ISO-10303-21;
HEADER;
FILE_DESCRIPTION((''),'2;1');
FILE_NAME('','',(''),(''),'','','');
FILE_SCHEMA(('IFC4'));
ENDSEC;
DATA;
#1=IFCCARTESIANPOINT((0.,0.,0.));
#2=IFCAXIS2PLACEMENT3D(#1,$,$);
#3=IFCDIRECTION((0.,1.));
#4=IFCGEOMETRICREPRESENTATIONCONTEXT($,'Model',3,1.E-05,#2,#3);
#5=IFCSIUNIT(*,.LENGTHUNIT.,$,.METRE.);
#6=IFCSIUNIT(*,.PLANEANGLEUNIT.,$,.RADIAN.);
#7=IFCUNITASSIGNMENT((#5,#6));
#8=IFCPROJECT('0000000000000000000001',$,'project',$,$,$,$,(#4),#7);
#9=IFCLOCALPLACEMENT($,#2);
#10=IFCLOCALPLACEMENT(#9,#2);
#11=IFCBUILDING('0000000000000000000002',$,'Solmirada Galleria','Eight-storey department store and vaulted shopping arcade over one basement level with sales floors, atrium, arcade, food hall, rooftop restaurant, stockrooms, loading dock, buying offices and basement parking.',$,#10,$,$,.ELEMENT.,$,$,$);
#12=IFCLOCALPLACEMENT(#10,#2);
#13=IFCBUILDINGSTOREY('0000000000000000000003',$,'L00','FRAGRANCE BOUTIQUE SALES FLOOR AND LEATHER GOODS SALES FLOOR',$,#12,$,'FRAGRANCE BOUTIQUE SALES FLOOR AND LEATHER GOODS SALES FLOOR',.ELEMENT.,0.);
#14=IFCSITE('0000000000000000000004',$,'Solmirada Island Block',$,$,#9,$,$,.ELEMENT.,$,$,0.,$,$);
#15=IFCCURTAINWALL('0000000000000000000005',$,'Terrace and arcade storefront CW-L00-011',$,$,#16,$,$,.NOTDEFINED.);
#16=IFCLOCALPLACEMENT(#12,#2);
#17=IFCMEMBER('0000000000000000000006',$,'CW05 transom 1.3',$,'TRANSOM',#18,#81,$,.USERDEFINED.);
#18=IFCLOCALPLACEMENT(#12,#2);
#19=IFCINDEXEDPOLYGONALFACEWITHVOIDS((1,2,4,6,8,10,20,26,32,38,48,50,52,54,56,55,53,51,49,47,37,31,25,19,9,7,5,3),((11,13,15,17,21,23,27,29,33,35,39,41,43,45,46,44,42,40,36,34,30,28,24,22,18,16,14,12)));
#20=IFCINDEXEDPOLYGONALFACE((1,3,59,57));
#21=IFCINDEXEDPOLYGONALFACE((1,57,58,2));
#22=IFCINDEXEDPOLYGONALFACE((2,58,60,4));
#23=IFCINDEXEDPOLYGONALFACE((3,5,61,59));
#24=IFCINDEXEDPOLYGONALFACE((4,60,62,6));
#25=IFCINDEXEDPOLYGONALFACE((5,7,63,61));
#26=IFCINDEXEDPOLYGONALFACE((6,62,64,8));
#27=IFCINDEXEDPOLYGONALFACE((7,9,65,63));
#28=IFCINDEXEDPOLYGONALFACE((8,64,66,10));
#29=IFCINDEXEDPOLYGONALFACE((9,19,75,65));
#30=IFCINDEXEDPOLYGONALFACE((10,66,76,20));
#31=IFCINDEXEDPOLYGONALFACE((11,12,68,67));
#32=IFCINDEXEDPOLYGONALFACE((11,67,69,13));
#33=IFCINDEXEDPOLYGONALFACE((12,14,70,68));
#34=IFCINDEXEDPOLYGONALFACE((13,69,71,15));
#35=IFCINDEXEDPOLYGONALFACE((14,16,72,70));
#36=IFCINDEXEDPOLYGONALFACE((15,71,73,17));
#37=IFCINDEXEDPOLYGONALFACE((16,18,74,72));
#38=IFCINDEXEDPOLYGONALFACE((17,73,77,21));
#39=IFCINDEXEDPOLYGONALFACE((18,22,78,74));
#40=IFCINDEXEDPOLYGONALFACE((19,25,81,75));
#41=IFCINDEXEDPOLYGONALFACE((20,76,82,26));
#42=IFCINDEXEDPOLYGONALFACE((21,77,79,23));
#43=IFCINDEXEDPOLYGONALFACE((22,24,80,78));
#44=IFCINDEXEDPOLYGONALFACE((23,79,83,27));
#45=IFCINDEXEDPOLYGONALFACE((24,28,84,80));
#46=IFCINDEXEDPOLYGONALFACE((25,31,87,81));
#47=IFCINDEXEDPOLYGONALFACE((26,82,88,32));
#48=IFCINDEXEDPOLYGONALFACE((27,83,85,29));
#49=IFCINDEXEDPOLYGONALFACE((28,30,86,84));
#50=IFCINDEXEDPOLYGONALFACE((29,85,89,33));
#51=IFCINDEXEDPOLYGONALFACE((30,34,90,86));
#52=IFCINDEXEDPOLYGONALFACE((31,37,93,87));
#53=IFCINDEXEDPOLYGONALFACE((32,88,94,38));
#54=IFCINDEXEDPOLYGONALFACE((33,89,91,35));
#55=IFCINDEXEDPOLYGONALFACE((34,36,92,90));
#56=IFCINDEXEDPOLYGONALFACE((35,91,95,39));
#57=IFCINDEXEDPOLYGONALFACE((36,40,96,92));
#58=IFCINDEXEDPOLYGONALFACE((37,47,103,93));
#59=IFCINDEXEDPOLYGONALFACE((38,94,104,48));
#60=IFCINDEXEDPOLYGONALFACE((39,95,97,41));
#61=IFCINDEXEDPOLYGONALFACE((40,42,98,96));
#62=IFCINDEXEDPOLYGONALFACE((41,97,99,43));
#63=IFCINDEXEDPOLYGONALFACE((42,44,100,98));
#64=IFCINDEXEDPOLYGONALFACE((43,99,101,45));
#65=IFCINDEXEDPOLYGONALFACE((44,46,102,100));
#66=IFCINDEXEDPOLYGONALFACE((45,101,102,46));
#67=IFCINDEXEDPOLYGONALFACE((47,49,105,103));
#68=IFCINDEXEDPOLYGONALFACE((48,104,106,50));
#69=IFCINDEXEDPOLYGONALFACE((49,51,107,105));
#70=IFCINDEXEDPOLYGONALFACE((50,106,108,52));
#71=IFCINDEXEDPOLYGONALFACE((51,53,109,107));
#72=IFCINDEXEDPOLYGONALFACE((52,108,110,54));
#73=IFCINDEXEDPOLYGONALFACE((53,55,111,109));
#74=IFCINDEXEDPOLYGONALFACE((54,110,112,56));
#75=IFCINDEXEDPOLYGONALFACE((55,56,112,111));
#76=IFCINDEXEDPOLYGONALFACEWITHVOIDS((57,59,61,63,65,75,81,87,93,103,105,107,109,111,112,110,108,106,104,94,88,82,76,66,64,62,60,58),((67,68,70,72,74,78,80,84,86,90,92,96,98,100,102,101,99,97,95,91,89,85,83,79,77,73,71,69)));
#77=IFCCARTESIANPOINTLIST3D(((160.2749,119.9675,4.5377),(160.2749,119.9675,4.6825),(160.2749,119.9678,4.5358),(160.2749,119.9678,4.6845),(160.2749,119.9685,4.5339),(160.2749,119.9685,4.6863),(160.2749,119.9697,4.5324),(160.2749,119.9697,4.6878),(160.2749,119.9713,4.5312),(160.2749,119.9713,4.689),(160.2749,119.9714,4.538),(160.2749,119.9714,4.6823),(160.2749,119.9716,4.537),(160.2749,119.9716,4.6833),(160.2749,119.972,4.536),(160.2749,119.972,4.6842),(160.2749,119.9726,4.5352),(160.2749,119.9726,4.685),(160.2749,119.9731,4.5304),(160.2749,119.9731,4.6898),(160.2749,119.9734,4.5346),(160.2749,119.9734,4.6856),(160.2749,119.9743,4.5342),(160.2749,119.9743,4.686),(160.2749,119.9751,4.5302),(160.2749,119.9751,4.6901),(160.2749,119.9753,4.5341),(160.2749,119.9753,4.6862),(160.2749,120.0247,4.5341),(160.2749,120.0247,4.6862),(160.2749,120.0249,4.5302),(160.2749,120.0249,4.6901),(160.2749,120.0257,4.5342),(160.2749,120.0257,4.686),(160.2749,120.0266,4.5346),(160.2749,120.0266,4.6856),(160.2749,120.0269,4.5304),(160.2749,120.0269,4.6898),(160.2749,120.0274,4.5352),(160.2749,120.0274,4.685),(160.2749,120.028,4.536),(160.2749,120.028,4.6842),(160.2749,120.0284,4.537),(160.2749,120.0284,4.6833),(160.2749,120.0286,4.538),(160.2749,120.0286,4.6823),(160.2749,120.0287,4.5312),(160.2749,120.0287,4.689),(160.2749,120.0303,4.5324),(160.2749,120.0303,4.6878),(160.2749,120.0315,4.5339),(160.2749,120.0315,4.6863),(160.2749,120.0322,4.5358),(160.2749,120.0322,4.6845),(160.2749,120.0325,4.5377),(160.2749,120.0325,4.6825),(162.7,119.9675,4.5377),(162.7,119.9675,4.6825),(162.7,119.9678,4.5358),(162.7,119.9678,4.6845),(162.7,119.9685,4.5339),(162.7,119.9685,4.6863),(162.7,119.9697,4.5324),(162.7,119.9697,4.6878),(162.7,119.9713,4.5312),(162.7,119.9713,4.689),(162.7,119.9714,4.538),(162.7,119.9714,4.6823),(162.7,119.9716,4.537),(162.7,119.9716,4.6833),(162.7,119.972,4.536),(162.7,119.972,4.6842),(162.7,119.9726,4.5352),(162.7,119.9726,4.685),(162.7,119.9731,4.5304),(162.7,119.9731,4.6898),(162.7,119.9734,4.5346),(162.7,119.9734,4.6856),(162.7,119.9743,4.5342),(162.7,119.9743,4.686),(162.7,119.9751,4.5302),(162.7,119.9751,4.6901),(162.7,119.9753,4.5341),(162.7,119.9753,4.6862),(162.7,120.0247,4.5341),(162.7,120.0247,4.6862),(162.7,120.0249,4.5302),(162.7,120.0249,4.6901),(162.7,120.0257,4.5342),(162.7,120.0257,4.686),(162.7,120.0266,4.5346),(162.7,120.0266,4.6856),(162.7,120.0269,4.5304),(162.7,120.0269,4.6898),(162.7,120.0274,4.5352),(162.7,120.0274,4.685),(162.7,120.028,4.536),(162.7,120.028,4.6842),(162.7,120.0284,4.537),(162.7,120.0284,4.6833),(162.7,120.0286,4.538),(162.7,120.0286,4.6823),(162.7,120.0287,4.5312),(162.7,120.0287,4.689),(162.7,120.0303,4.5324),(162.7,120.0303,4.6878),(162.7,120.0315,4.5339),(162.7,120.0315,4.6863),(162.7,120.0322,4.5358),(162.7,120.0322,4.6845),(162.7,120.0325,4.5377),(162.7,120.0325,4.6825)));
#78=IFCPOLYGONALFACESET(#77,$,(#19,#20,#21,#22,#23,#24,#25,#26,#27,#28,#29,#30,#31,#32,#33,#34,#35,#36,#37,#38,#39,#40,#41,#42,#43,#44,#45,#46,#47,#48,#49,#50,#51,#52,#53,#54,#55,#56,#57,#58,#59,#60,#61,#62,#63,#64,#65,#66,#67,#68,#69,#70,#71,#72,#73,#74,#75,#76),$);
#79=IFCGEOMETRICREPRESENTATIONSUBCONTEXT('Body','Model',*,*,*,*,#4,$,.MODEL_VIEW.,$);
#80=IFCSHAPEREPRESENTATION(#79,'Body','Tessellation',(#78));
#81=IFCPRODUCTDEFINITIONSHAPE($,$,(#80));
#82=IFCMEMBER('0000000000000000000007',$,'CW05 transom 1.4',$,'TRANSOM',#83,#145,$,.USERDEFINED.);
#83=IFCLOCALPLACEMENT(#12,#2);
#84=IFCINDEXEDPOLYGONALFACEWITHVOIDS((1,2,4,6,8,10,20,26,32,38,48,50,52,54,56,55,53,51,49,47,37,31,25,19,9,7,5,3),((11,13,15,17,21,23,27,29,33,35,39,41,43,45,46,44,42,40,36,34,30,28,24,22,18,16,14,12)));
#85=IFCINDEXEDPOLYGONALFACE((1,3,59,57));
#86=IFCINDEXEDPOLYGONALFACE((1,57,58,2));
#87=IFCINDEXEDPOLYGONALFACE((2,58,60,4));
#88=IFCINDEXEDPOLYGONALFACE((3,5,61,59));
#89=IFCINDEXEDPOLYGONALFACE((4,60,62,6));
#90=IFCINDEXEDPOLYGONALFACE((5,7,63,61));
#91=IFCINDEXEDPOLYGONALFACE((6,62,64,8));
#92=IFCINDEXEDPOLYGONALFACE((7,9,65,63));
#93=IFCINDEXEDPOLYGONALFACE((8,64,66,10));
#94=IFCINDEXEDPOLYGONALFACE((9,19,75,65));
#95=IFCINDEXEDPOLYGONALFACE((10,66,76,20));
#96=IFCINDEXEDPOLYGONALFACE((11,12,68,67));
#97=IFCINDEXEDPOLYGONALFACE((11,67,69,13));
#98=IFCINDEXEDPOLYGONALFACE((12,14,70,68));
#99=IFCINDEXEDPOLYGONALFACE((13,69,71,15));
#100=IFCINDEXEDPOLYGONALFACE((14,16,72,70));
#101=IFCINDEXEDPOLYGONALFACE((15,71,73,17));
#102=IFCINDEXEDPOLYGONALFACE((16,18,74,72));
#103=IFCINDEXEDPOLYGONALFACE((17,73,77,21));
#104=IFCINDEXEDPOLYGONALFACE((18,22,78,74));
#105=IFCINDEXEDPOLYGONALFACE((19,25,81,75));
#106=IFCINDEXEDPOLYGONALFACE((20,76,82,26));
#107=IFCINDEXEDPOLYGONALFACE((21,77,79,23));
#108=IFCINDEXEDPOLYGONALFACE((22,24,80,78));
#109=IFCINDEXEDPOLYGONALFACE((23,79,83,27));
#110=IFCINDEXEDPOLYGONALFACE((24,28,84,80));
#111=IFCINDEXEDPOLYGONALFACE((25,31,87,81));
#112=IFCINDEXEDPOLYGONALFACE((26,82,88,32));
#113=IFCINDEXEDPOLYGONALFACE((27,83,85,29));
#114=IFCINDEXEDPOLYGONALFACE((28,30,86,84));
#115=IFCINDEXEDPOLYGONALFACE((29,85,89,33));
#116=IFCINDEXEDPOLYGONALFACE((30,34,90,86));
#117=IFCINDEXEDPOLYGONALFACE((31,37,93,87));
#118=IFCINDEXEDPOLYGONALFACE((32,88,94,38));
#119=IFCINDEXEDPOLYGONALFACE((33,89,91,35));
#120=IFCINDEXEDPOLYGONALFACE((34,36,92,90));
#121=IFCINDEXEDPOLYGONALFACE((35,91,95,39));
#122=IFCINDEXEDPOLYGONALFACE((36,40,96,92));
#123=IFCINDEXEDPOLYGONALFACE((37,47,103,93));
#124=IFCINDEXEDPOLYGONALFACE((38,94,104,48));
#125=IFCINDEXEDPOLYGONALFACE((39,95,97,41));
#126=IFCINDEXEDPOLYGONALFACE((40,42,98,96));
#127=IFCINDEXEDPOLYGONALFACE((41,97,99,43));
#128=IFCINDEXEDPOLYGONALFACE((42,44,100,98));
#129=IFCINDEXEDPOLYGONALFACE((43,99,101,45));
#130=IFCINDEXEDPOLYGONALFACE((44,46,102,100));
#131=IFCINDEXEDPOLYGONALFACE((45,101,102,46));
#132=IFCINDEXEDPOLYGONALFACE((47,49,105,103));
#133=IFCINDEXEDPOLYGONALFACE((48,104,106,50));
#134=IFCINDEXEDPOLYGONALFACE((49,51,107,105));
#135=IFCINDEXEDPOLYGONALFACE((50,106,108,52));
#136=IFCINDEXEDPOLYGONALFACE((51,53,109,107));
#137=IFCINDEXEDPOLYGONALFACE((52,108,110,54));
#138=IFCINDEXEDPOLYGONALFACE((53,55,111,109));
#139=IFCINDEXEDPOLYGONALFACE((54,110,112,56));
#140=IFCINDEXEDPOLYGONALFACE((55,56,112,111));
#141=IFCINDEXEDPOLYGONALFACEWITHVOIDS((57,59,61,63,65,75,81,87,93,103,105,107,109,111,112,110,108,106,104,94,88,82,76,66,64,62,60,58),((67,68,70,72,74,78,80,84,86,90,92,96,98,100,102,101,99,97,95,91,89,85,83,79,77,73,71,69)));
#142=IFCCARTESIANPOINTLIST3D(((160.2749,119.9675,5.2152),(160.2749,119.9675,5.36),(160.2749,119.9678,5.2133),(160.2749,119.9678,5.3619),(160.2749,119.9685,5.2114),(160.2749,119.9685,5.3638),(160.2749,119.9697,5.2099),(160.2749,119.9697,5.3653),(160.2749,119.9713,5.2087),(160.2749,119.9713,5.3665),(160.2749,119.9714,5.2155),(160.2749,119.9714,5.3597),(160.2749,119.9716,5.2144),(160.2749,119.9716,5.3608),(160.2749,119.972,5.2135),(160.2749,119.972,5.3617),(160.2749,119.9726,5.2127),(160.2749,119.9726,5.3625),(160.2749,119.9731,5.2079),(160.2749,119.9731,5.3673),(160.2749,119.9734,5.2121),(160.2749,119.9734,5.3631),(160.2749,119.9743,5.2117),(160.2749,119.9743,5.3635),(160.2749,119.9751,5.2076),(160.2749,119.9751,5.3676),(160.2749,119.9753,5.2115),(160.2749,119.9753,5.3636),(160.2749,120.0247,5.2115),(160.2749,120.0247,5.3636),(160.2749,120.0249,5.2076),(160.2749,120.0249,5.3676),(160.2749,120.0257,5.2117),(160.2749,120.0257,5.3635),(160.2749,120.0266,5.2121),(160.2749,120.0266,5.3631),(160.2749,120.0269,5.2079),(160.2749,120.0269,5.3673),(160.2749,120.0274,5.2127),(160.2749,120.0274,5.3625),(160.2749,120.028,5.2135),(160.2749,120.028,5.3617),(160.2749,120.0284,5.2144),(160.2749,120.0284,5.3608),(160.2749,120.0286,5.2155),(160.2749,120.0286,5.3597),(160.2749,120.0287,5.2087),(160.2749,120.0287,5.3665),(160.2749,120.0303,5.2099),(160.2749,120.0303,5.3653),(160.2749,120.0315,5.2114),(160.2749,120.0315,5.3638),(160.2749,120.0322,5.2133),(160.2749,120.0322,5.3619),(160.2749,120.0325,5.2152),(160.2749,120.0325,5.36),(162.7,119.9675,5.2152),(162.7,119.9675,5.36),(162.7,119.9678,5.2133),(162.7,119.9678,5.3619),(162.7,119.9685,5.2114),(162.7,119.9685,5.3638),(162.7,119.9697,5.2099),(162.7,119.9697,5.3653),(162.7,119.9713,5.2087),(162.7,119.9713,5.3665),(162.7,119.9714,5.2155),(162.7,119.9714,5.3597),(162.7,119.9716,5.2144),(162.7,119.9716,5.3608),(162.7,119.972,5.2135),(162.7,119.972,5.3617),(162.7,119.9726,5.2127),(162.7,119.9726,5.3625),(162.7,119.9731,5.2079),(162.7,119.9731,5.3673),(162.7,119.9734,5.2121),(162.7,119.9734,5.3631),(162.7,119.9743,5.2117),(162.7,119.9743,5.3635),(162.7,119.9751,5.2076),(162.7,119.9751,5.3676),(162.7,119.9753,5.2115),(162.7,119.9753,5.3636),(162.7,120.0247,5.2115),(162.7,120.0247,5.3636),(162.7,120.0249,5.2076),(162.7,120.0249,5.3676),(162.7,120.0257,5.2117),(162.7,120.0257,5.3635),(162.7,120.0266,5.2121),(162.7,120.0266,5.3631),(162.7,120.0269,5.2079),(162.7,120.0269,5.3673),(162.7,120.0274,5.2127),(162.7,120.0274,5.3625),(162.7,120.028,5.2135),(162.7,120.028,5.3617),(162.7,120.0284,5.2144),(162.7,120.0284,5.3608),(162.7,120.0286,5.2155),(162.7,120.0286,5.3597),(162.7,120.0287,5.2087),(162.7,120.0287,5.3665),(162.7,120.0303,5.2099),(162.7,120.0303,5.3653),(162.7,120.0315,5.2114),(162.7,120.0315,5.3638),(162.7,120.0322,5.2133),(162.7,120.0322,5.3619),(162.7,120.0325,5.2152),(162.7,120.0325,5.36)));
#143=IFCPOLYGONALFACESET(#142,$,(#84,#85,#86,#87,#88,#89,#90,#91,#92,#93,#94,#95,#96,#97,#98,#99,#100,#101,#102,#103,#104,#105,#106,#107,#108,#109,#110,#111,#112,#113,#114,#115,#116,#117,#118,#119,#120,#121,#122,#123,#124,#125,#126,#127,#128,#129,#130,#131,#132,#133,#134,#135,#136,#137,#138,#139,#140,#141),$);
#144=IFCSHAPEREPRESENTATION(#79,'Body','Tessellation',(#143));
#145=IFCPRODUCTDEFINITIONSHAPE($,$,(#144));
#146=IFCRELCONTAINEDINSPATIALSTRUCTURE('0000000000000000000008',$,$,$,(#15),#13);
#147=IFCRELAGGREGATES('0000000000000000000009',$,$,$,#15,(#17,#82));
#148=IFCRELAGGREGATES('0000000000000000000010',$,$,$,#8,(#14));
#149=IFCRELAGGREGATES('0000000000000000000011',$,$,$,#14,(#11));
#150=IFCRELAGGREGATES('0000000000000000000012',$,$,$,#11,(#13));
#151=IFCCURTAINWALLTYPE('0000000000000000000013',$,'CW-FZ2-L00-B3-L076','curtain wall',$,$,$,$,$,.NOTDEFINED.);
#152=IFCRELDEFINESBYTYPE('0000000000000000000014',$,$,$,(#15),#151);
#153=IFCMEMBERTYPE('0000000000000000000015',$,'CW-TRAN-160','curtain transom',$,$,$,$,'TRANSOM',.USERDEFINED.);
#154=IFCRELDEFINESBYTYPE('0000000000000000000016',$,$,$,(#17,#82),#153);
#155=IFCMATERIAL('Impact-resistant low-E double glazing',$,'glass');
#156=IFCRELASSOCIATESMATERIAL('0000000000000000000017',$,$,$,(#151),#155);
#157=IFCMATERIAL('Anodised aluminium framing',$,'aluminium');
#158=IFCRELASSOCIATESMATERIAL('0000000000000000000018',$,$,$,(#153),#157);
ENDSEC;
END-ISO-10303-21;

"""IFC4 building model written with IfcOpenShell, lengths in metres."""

from ifc_helpers import new_model, si_unit, direction, frame, origin, origin_2d, place, context, subcontext, project, spatial, hollow_rectangle, extrude, material, material_profile, profile_set, type_object, element, aggregate, save


model = new_model("IFC4")

# Units and contexts
model_context = context("Model", 3, precision=1e-05, world=origin(), true_north=direction((0.0, 1.0)))
body_context = subcontext(model_context, "Body", "Model", "MODEL_VIEW")
ifc_project = project(units=[si_unit("LENGTHUNIT", "METRE"), si_unit("PLANEANGLEUNIT", "RADIAN")], contexts=[model_context])

# Site, building, storey
site_placement = place(None, origin())
site = spatial("IfcSite", under=ifc_project, at=site_placement, Name="Solmirada Island Block", CompositionType="ELEMENT", RefElevation=0.0)
building_placement = place(site_placement, origin())
building = spatial("IfcBuilding", under=site, at=building_placement, Name="Solmirada Galleria", Description="Eight-storey department store and vaulted shopping arcade over one basement level with sales floors, atrium, arcade, food hall, rooftop restaurant, stockrooms, loading dock, buying offices and basement parking.", CompositionType="ELEMENT")
storey_placement = place(building_placement, origin())
storey = spatial("IfcBuildingStorey", under=building, at=storey_placement, Name="L00", Description="FRAGRANCE BOUTIQUE SALES FLOOR AND LEATHER GOODS SALES FLOOR", LongName="FRAGRANCE BOUTIQUE SALES FLOOR AND LEATHER GOODS SALES FLOOR", CompositionType="ELEMENT", Elevation=0.0)

# Curtain wall
ifc_material_1 = material(Name="Impact-resistant low-E double glazing", Category="glass")
curtain_wall_type = type_object("IfcCurtainWallType", Name="CW-FZ2-L00-B3-L076", Description="curtain wall", PredefinedType="NOTDEFINED", material=ifc_material_1)
ifc_material_2 = material(Name="Anodised aluminium framing", Category="aluminium")
curtain_wall_1_placement = place(storey_placement, origin())
curtain_wall_1 = element("IfcCurtainWall", 1, at=curtain_wall_1_placement, inside=storey, type_object=curtain_wall_type, Name="Terrace and arcade storefront CW-L00-011", PredefinedType="NOTDEFINED")

# Members
ifc_material_profile_1 = material_profile(ifc_material_2, hollow_rectangle(XDim=0.0649, YDim=0.1599, WallThickness=0.0039, InnerFilletRadius=0.0039, OuterFilletRadius=0.0076, at=origin_2d()), Name="ALU-TRAN-160X65")
ifc_profile_set_1 = profile_set([ifc_material_profile_1], Name="Anodised aluminium framing")
member_type_1 = type_object("IfcMemberType", Name="CW-TRAN-160", Description="curtain transom", ElementType="TRANSOM", PredefinedType="USERDEFINED", material=ifc_profile_set_1)
member_1_placement = place(storey_placement, frame((160.2749, 120.0, 4.6101), z_axis=(1.0, 0.0, 0.0), x_axis=(0.0, 1.0, 0.0)))
member_1 = element("IfcMember", 2, at=member_1_placement, type_object=member_type_1, Name="CW05 transom 1.3", ObjectType="TRANSOM", PredefinedType="USERDEFINED", context=body_context, shape_type="SweptSolid", body=[
    extrude(hollow_rectangle(XDim=0.0649, YDim=0.1599, WallThickness=0.0039, InnerFilletRadius=0.0039, OuterFilletRadius=0.0076, at=origin_2d()), origin(), (0.0, 0.0, 1.0), 2.425),
])
member_2_placement = place(storey_placement, frame((160.2749, 120.0, 5.2876), z_axis=(1.0, 0.0, 0.0), x_axis=(0.0, 1.0, 0.0)))
member_2 = element("IfcMember", 3, at=member_2_placement, type_object=member_type_1, Name="CW05 transom 1.4", ObjectType="TRANSOM", PredefinedType="USERDEFINED", context=body_context, shape_type="SweptSolid", body=[
    extrude(hollow_rectangle(XDim=0.0649, YDim=0.1599, WallThickness=0.0039, InnerFilletRadius=0.0039, OuterFilletRadius=0.0076, at=origin_2d()), origin(), (0.0, 0.0, 1.0), 2.425),
])

aggregate(curtain_wall_1, [member_1, member_2])

save(model, "model.ifc")
